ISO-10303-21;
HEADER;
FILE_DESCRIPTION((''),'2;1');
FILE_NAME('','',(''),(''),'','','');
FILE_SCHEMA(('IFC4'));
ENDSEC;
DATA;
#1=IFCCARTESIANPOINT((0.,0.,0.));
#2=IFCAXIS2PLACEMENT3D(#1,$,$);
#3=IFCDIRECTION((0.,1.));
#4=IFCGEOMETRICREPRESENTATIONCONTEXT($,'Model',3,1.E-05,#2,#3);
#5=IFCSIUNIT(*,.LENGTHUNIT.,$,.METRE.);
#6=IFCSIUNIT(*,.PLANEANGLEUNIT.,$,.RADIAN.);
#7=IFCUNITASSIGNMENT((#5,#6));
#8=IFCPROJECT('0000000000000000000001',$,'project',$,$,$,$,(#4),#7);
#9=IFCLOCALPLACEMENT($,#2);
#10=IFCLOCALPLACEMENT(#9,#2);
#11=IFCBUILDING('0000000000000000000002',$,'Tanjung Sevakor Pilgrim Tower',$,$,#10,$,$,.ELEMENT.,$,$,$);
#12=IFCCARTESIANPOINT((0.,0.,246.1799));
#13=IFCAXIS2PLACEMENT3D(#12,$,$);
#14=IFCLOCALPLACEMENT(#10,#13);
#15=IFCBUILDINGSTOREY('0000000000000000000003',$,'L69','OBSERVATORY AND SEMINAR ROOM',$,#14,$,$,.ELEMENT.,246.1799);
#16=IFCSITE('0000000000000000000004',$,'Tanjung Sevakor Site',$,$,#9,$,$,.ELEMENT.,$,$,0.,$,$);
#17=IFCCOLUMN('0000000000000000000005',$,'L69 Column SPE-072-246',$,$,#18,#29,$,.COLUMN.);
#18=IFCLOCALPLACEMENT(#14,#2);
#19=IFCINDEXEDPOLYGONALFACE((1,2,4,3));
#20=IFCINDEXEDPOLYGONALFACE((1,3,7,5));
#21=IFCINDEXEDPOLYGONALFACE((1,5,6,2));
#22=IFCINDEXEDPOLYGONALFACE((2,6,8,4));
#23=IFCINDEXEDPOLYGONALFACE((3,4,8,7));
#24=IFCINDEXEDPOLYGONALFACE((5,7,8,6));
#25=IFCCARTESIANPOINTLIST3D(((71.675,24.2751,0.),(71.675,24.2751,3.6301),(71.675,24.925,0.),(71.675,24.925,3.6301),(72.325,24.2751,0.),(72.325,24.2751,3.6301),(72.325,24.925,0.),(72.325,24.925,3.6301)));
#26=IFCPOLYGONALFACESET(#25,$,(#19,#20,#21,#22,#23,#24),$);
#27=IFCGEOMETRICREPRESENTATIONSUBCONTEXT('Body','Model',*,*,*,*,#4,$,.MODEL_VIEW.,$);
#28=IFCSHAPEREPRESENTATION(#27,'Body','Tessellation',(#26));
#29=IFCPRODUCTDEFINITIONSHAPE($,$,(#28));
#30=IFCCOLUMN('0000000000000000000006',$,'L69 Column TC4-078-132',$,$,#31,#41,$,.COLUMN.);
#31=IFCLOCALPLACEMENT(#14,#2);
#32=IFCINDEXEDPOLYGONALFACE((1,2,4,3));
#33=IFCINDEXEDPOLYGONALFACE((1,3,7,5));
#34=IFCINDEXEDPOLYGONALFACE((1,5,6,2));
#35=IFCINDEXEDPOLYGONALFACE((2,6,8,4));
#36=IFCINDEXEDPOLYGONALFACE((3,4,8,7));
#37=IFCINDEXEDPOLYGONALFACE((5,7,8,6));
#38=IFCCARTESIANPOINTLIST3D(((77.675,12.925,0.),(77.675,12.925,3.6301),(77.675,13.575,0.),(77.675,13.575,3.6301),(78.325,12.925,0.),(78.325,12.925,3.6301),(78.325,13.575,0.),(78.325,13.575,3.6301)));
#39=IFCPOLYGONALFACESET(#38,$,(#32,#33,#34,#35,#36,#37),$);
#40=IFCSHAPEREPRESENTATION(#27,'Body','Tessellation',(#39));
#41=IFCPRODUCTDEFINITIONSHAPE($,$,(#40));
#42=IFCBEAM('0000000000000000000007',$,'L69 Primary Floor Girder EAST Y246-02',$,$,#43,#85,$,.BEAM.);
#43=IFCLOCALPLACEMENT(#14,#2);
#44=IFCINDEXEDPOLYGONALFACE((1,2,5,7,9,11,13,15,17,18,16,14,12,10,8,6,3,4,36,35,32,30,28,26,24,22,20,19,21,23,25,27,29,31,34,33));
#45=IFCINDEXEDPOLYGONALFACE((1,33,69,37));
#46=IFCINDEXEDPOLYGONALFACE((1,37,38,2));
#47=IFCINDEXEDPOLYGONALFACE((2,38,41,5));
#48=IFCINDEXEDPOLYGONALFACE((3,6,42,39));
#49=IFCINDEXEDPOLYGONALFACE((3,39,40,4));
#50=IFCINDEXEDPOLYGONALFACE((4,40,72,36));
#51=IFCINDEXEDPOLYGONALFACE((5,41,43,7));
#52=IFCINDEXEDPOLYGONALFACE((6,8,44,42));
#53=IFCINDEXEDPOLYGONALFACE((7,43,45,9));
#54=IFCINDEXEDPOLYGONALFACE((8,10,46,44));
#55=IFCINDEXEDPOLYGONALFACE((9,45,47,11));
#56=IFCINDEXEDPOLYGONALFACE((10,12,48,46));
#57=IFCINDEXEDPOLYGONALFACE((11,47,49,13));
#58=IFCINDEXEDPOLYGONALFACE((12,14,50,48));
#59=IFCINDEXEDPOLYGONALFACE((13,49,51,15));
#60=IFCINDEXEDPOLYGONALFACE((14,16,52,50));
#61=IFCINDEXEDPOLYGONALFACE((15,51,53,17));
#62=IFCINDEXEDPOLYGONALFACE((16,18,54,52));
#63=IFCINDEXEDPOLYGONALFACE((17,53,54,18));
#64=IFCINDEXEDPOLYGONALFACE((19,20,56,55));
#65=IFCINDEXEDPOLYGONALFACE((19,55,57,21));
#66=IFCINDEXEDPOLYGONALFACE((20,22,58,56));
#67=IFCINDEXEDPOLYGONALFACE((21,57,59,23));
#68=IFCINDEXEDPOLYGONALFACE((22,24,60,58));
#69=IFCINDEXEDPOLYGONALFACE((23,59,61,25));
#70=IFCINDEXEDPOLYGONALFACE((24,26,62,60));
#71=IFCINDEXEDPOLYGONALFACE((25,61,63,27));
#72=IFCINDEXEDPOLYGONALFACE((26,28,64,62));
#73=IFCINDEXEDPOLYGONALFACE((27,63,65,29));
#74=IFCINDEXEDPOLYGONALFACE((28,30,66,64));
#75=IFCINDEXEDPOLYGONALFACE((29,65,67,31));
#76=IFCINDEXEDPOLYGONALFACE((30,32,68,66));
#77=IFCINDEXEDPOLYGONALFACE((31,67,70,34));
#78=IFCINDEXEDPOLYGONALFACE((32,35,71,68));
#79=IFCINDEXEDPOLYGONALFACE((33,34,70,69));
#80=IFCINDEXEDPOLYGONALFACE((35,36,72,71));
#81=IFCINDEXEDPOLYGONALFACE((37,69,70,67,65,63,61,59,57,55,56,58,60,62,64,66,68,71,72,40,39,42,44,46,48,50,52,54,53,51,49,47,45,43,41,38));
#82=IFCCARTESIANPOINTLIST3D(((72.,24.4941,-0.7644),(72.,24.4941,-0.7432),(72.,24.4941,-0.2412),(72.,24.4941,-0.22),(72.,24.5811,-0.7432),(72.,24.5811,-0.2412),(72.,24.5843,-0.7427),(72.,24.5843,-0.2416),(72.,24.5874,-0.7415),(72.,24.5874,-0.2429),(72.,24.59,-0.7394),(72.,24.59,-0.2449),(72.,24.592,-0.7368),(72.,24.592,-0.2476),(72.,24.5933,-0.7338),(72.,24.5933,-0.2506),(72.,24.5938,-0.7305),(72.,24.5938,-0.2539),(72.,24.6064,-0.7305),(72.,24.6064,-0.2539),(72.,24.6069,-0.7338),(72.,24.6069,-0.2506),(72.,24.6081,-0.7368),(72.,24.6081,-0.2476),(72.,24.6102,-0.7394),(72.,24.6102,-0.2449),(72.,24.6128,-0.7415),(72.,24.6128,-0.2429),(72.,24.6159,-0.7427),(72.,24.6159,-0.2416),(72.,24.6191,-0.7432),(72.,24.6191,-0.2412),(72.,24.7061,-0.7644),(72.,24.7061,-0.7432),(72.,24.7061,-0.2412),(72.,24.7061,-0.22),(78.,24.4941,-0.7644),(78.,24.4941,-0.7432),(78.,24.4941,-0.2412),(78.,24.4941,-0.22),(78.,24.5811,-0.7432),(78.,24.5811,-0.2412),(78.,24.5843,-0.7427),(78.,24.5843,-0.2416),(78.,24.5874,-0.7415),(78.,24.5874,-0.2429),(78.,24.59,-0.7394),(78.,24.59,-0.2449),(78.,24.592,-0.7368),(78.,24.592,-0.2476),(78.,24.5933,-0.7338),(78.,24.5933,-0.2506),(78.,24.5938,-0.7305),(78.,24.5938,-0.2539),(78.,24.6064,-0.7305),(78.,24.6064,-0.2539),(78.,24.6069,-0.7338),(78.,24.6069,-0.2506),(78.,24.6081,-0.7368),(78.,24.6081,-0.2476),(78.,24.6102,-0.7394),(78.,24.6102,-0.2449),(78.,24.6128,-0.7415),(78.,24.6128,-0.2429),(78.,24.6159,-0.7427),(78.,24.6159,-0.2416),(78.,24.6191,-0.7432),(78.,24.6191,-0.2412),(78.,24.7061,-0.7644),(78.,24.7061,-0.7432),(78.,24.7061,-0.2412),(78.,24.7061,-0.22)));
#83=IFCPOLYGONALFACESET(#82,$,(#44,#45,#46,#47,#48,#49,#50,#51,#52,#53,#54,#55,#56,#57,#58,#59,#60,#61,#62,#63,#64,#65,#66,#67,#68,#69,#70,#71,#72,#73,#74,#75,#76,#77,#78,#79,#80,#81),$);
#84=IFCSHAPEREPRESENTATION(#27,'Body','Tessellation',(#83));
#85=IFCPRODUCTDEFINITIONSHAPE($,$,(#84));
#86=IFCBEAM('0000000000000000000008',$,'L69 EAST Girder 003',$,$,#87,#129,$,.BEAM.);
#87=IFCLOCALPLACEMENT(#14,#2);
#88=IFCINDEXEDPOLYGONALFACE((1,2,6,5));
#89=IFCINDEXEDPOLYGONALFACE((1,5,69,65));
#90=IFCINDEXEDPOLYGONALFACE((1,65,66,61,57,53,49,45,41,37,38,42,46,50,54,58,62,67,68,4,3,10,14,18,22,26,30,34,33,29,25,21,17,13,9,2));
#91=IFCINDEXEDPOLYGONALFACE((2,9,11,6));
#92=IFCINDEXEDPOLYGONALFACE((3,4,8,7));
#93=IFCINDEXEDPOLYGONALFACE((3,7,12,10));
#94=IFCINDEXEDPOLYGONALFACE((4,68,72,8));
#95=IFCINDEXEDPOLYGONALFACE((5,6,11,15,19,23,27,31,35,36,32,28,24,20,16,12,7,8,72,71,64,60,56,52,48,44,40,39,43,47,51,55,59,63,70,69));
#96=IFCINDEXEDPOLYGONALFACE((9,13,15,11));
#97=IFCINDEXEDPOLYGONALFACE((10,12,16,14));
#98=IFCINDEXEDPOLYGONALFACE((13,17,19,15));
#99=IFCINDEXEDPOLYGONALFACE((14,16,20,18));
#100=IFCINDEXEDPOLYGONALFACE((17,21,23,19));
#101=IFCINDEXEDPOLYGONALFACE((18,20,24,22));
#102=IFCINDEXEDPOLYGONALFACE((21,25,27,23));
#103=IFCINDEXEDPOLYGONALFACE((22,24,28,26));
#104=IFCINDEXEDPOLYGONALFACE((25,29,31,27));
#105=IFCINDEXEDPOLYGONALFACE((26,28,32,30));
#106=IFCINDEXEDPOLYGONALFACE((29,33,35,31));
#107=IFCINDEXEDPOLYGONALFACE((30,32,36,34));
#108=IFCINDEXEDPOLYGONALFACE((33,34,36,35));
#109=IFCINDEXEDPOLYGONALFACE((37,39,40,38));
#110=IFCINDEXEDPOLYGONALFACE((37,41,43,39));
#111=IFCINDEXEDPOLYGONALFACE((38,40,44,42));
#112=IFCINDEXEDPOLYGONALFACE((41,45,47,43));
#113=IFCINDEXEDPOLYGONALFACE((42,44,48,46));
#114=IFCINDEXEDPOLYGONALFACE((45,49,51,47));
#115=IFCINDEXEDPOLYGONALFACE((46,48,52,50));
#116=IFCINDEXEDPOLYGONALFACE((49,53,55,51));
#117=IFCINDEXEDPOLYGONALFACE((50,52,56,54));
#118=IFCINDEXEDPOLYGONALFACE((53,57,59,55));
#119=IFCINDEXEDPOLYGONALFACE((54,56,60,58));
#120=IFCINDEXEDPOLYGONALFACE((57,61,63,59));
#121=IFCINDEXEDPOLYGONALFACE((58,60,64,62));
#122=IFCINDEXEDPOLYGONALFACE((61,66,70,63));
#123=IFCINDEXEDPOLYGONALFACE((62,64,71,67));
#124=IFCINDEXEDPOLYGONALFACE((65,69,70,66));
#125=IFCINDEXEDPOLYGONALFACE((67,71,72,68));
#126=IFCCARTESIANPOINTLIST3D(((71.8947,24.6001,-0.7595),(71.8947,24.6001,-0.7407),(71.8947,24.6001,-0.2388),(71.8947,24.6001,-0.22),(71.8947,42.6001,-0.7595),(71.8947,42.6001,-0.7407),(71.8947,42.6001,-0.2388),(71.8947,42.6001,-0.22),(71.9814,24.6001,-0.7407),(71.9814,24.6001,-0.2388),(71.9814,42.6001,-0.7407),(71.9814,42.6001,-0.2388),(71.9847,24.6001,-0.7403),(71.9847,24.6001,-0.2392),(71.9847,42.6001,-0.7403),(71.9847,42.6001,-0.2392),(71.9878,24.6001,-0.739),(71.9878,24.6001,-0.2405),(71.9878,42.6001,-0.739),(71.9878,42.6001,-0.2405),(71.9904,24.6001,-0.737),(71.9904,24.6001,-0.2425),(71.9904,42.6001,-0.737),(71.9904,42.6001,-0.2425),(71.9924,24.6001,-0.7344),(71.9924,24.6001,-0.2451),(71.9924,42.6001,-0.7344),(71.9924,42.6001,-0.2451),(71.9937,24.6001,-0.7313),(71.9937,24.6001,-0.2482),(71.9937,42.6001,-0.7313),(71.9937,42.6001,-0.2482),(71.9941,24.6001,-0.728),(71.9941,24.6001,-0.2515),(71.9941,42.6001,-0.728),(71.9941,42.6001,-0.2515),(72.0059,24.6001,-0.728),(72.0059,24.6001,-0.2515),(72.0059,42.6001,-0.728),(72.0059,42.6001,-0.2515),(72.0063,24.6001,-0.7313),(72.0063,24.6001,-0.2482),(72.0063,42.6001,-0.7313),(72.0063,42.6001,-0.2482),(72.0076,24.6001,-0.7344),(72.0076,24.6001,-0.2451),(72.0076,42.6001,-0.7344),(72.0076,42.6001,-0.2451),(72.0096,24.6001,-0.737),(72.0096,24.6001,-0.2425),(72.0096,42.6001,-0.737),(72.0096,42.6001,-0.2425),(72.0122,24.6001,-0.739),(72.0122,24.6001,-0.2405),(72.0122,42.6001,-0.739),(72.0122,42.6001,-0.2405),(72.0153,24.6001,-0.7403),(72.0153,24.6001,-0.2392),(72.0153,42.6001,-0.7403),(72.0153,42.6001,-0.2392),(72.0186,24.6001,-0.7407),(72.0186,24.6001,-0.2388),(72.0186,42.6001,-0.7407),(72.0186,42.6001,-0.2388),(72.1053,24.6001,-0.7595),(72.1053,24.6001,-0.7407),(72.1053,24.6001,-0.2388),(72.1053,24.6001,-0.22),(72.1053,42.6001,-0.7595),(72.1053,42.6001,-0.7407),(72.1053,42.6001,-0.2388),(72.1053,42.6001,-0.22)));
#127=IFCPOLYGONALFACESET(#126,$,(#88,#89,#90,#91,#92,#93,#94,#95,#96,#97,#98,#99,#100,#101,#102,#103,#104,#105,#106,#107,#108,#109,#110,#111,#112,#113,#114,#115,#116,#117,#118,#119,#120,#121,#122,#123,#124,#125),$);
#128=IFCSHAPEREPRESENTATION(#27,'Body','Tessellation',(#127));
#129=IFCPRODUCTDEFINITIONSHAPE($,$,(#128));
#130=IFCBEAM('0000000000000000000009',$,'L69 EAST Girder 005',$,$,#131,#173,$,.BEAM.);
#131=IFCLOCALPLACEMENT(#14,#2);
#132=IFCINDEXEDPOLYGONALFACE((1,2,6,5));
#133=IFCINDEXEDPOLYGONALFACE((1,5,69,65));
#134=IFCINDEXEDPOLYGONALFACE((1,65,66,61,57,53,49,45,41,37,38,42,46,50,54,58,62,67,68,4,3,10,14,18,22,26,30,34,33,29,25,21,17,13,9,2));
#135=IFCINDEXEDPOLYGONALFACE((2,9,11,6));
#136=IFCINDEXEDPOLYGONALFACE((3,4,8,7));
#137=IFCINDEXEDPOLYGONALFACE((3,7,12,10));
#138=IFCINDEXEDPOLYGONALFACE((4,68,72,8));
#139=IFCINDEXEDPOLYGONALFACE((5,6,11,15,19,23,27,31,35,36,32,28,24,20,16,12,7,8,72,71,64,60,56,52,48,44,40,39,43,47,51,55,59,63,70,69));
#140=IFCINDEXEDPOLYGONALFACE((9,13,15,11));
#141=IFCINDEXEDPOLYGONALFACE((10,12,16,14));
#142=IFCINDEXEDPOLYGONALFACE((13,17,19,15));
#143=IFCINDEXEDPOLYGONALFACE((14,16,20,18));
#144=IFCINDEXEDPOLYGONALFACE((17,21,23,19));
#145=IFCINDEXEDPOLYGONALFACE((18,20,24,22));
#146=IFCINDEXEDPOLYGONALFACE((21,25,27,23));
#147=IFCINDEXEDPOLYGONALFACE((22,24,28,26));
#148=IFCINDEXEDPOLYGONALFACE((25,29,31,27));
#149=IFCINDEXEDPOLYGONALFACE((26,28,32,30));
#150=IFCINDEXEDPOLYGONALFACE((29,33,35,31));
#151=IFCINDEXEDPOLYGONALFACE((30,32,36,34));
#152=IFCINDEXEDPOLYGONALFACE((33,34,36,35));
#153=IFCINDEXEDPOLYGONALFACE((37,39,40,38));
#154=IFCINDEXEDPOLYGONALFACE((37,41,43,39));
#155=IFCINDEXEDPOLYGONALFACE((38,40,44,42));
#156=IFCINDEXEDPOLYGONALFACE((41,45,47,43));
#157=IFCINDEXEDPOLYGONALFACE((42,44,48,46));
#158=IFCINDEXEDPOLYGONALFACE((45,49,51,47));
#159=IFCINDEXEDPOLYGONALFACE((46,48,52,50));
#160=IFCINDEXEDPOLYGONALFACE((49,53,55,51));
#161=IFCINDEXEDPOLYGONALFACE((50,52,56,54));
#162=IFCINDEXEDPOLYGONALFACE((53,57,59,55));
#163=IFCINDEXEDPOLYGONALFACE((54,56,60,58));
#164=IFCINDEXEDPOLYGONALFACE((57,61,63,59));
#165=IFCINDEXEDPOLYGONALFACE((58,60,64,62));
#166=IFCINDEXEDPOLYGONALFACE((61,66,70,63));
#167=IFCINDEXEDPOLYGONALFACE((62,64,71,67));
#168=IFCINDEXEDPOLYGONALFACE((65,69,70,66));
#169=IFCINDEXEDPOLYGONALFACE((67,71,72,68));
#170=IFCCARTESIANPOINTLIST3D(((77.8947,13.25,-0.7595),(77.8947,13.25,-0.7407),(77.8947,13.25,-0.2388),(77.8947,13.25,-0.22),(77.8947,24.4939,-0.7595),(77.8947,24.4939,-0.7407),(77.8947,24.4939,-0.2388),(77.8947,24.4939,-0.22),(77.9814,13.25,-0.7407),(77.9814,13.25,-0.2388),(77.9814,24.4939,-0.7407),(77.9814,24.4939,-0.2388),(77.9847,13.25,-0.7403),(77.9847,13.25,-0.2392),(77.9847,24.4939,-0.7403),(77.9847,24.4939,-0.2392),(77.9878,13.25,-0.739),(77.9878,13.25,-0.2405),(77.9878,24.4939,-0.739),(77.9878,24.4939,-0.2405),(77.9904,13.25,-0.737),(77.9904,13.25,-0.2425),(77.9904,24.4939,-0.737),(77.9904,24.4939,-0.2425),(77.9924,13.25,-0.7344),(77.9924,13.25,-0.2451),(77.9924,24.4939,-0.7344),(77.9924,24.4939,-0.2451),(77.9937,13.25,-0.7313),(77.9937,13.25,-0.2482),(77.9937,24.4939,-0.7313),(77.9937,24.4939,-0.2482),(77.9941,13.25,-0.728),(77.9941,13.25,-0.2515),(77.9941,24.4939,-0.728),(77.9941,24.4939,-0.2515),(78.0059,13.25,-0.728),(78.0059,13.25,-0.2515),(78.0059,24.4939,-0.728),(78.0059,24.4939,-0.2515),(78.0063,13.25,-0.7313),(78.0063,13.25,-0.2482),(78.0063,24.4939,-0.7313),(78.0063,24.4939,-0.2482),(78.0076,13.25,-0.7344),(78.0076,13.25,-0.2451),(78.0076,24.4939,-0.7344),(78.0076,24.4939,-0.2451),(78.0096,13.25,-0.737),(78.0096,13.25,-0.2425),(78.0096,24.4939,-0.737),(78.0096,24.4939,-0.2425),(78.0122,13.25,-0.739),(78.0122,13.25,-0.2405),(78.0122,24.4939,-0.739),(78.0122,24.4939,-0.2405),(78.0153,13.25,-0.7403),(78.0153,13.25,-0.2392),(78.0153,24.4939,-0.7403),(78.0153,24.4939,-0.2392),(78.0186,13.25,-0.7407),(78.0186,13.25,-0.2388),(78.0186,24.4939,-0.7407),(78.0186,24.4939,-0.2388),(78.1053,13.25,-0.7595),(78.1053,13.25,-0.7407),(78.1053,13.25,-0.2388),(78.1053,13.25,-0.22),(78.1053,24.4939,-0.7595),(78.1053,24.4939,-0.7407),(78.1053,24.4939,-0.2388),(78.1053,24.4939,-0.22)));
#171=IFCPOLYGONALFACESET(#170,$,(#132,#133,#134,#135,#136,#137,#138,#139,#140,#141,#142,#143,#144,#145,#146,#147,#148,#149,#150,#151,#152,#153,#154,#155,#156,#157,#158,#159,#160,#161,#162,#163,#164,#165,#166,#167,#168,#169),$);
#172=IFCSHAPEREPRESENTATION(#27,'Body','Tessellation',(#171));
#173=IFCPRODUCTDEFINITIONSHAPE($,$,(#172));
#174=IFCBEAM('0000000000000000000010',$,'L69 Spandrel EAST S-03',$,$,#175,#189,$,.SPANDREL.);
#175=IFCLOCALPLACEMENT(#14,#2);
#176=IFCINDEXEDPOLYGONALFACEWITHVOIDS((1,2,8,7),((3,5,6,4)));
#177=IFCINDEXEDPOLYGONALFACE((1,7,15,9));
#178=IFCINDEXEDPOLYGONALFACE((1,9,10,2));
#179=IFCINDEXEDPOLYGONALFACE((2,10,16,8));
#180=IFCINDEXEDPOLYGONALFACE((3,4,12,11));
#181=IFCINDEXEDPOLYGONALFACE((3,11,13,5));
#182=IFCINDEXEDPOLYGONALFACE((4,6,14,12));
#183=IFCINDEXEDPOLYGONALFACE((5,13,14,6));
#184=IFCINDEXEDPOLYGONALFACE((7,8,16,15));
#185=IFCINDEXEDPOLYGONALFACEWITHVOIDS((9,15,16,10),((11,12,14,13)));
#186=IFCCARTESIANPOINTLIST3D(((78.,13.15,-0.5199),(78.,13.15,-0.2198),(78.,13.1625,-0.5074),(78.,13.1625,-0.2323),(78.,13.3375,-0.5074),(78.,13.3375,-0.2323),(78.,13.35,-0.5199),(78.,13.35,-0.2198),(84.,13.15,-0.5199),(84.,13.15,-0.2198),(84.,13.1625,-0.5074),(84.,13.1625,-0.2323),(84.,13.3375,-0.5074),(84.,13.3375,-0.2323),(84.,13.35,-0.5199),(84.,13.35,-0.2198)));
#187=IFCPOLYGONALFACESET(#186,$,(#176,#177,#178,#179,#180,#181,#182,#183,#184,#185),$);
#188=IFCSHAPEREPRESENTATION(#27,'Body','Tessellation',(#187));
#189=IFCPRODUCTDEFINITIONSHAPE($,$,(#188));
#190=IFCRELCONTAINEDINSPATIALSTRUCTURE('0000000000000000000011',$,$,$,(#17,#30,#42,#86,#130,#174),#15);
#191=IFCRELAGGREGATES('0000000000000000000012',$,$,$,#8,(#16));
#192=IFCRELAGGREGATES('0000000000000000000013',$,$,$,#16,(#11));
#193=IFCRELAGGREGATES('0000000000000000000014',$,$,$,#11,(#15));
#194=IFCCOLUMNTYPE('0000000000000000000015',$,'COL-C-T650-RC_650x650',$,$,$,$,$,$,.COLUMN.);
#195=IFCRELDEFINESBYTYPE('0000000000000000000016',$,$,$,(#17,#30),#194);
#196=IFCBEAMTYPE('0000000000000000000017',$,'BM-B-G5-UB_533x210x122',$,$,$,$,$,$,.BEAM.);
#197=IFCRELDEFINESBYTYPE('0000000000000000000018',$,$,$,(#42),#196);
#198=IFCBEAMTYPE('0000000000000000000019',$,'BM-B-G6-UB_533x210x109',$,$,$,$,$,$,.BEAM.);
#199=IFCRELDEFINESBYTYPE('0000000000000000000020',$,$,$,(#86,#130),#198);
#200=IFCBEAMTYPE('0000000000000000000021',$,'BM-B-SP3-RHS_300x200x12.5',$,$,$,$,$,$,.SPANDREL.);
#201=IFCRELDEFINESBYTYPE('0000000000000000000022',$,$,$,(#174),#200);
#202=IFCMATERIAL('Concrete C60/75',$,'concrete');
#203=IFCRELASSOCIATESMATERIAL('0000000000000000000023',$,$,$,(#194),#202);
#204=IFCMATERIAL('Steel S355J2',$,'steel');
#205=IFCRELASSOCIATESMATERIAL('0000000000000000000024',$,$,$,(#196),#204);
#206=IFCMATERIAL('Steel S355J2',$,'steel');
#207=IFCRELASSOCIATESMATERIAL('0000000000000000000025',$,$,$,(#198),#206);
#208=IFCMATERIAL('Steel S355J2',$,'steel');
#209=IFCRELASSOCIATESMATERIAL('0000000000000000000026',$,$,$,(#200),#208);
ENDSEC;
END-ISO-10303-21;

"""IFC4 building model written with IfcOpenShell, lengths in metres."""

from ifc_helpers import new_model, si_unit, direction, frame, origin, origin_2d, place, context, subcontext, project, spatial, rectangle, hollow_rectangle, i_section, extrude, material, material_profile, profile_set, type_object, element, save


model = new_model("IFC4")

# Units and contexts
model_context = context("Model", 3, precision=1e-05, world=origin(), true_north=direction((0.0, 1.0)))
body_context = subcontext(model_context, "Body", "Model", "MODEL_VIEW")
ifc_project = project(units=[si_unit("LENGTHUNIT", "METRE"), si_unit("PLANEANGLEUNIT", "RADIAN")], contexts=[model_context])

# Site, building, storey
site_placement = place(None, origin())
site = spatial("IfcSite", under=ifc_project, at=site_placement, Name="Tanjung Sevakor Site", CompositionType="ELEMENT", RefElevation=0.0)
building_placement = place(site_placement, origin())
building = spatial("IfcBuilding", under=site, at=building_placement, Name="Tanjung Sevakor Pilgrim Tower", CompositionType="ELEMENT")
storey_placement = place(building_placement, frame((0.0, 0.0, 246.1799)))
storey = spatial("IfcBuildingStorey", under=building, at=storey_placement, Name="L69", Description="OBSERVATORY AND SEMINAR ROOM", CompositionType="ELEMENT", Elevation=246.1799)

# Columns
ifc_material_1 = material(Name="Concrete C60/75", Category="concrete")
ifc_material_profile_1 = material_profile(ifc_material_1, rectangle(XDim=0.6499, YDim=0.6499, at=origin_2d()))
ifc_profile_set_1 = profile_set([ifc_material_profile_1], Name="Concrete C60/75")
column_type = type_object("IfcColumnType", Name="COL-C-T650-RC_650x650", PredefinedType="COLUMN", material=ifc_profile_set_1)
for number, where, z_axis, x_axis, name in (
    (1, (72.0, 24.6001, 0.0), (0.0, 0.0, 1.0), (1.0, 0.0, 0.0), "L69 Column SPE-072-246"),
    (2, (78.0, 13.25, 0.0), (0.0, 0.0, 1.0), (1.0, 0.0, 0.0), "L69 Column TC4-078-132"),
):
    element("IfcColumn", number, at=place(storey_placement, frame(where, z_axis=z_axis, x_axis=x_axis)), inside=storey, type_object=column_type, Name=name, PredefinedType="COLUMN", context=body_context, shape_type="SweptSolid", body=[
        extrude(rectangle(XDim=0.6499, YDim=0.6499, at=origin_2d()), origin(), (0.0, 0.0, 1.0), 3.6301),
    ])

# Beams
ifc_material_2 = material(Name="Steel S355J2", Category="steel")
ifc_material_profile_2 = material_profile(ifc_material_2, i_section(OverallWidth=0.2119, OverallDepth=0.5444, WebThickness=0.0127, FlangeThickness=0.0212, FilletRadius=0.0127, at=origin_2d()))
ifc_profile_set_2 = profile_set([ifc_material_profile_2], Name="Steel S355J2")
beam_type_1 = type_object("IfcBeamType", Name="BM-B-G5-UB_533x210x122", PredefinedType="BEAM", material=ifc_profile_set_2)
beam_1_placement = place(storey_placement, frame((72.0, 24.6001, -0.4922), z_axis=(1.0, 0.0, 0.0), x_axis=(0.0, 1.0, 0.0)))
element("IfcBeam", 3, at=beam_1_placement, inside=storey, type_object=beam_type_1, Name="L69 Primary Floor Girder EAST Y246-02", PredefinedType="BEAM", context=body_context, shape_type="SweptSolid", body=[
    extrude(i_section(OverallWidth=0.2119, OverallDepth=0.5444, WebThickness=0.0127, FlangeThickness=0.0212, FilletRadius=0.0127, at=origin_2d()), origin(), (0.0, 0.0, 1.0), 6.0),
])
ifc_material_3 = material(Name="Steel S355J2", Category="steel")
ifc_material_profile_3 = material_profile(ifc_material_3, i_section(OverallWidth=0.2107, OverallDepth=0.5396, WebThickness=0.0117, FlangeThickness=0.0188, FilletRadius=0.0127, at=origin_2d()))
ifc_profile_set_3 = profile_set([ifc_material_profile_3], Name="Steel S355J2")
beam_type_2 = type_object("IfcBeamType", Name="BM-B-G6-UB_533x210x109", PredefinedType="BEAM", material=ifc_profile_set_3)
beam_2_placement = place(storey_placement, frame((72.0, 24.6001, -0.4897), z_axis=(0.0, 1.0, 0.0), x_axis=(-1.0, 0.0, 0.0)))
element("IfcBeam", 4, at=beam_2_placement, inside=storey, type_object=beam_type_2, Name="L69 EAST Girder 003", PredefinedType="BEAM", context=body_context, shape_type="SweptSolid", body=[
    extrude(i_section(OverallWidth=0.2107, OverallDepth=0.5396, WebThickness=0.0117, FlangeThickness=0.0188, FilletRadius=0.0127, at=origin_2d()), origin(), (0.0, 0.0, 1.0), 18.0),
])
beam_3_placement = place(storey_placement, frame((78.0, 13.25, -0.4897), z_axis=(0.0, 1.0, 0.0), x_axis=(-1.0, 0.0, 0.0)))
element("IfcBeam", 5, at=beam_3_placement, inside=storey, type_object=beam_type_2, Name="L69 EAST Girder 005", PredefinedType="BEAM", context=body_context, shape_type="SweptSolid", body=[
    extrude(i_section(OverallWidth=0.2107, OverallDepth=0.5396, WebThickness=0.0117, FlangeThickness=0.0188, FilletRadius=0.0127, at=origin_2d()), origin(), (0.0, 0.0, 1.0), 11.2439),
])
ifc_material_4 = material(Name="Steel S355J2", Category="steel")
ifc_material_profile_4 = material_profile(ifc_material_4, hollow_rectangle(XDim=0.2, YDim=0.3, WallThickness=0.0125, at=origin_2d()))
ifc_profile_set_4 = profile_set([ifc_material_profile_4], Name="Steel S355J2")
beam_type_3 = type_object("IfcBeamType", Name="BM-B-SP3-RHS_300x200x12.5", PredefinedType="SPANDREL", material=ifc_profile_set_4)
beam_4_placement = place(storey_placement, frame((78.0, 13.25, -0.3699), z_axis=(1.0, 0.0, 0.0), x_axis=(0.0, 1.0, 0.0)))
element("IfcBeam", 6, at=beam_4_placement, inside=storey, type_object=beam_type_3, Name="L69 Spandrel EAST S-03", PredefinedType="SPANDREL", context=body_context, shape_type="SweptSolid", body=[
    extrude(hollow_rectangle(XDim=0.2, YDim=0.3, WallThickness=0.0125, at=origin_2d()), origin(), (0.0, 0.0, 1.0), 6.0),
])

save(model, "model.ifc")
